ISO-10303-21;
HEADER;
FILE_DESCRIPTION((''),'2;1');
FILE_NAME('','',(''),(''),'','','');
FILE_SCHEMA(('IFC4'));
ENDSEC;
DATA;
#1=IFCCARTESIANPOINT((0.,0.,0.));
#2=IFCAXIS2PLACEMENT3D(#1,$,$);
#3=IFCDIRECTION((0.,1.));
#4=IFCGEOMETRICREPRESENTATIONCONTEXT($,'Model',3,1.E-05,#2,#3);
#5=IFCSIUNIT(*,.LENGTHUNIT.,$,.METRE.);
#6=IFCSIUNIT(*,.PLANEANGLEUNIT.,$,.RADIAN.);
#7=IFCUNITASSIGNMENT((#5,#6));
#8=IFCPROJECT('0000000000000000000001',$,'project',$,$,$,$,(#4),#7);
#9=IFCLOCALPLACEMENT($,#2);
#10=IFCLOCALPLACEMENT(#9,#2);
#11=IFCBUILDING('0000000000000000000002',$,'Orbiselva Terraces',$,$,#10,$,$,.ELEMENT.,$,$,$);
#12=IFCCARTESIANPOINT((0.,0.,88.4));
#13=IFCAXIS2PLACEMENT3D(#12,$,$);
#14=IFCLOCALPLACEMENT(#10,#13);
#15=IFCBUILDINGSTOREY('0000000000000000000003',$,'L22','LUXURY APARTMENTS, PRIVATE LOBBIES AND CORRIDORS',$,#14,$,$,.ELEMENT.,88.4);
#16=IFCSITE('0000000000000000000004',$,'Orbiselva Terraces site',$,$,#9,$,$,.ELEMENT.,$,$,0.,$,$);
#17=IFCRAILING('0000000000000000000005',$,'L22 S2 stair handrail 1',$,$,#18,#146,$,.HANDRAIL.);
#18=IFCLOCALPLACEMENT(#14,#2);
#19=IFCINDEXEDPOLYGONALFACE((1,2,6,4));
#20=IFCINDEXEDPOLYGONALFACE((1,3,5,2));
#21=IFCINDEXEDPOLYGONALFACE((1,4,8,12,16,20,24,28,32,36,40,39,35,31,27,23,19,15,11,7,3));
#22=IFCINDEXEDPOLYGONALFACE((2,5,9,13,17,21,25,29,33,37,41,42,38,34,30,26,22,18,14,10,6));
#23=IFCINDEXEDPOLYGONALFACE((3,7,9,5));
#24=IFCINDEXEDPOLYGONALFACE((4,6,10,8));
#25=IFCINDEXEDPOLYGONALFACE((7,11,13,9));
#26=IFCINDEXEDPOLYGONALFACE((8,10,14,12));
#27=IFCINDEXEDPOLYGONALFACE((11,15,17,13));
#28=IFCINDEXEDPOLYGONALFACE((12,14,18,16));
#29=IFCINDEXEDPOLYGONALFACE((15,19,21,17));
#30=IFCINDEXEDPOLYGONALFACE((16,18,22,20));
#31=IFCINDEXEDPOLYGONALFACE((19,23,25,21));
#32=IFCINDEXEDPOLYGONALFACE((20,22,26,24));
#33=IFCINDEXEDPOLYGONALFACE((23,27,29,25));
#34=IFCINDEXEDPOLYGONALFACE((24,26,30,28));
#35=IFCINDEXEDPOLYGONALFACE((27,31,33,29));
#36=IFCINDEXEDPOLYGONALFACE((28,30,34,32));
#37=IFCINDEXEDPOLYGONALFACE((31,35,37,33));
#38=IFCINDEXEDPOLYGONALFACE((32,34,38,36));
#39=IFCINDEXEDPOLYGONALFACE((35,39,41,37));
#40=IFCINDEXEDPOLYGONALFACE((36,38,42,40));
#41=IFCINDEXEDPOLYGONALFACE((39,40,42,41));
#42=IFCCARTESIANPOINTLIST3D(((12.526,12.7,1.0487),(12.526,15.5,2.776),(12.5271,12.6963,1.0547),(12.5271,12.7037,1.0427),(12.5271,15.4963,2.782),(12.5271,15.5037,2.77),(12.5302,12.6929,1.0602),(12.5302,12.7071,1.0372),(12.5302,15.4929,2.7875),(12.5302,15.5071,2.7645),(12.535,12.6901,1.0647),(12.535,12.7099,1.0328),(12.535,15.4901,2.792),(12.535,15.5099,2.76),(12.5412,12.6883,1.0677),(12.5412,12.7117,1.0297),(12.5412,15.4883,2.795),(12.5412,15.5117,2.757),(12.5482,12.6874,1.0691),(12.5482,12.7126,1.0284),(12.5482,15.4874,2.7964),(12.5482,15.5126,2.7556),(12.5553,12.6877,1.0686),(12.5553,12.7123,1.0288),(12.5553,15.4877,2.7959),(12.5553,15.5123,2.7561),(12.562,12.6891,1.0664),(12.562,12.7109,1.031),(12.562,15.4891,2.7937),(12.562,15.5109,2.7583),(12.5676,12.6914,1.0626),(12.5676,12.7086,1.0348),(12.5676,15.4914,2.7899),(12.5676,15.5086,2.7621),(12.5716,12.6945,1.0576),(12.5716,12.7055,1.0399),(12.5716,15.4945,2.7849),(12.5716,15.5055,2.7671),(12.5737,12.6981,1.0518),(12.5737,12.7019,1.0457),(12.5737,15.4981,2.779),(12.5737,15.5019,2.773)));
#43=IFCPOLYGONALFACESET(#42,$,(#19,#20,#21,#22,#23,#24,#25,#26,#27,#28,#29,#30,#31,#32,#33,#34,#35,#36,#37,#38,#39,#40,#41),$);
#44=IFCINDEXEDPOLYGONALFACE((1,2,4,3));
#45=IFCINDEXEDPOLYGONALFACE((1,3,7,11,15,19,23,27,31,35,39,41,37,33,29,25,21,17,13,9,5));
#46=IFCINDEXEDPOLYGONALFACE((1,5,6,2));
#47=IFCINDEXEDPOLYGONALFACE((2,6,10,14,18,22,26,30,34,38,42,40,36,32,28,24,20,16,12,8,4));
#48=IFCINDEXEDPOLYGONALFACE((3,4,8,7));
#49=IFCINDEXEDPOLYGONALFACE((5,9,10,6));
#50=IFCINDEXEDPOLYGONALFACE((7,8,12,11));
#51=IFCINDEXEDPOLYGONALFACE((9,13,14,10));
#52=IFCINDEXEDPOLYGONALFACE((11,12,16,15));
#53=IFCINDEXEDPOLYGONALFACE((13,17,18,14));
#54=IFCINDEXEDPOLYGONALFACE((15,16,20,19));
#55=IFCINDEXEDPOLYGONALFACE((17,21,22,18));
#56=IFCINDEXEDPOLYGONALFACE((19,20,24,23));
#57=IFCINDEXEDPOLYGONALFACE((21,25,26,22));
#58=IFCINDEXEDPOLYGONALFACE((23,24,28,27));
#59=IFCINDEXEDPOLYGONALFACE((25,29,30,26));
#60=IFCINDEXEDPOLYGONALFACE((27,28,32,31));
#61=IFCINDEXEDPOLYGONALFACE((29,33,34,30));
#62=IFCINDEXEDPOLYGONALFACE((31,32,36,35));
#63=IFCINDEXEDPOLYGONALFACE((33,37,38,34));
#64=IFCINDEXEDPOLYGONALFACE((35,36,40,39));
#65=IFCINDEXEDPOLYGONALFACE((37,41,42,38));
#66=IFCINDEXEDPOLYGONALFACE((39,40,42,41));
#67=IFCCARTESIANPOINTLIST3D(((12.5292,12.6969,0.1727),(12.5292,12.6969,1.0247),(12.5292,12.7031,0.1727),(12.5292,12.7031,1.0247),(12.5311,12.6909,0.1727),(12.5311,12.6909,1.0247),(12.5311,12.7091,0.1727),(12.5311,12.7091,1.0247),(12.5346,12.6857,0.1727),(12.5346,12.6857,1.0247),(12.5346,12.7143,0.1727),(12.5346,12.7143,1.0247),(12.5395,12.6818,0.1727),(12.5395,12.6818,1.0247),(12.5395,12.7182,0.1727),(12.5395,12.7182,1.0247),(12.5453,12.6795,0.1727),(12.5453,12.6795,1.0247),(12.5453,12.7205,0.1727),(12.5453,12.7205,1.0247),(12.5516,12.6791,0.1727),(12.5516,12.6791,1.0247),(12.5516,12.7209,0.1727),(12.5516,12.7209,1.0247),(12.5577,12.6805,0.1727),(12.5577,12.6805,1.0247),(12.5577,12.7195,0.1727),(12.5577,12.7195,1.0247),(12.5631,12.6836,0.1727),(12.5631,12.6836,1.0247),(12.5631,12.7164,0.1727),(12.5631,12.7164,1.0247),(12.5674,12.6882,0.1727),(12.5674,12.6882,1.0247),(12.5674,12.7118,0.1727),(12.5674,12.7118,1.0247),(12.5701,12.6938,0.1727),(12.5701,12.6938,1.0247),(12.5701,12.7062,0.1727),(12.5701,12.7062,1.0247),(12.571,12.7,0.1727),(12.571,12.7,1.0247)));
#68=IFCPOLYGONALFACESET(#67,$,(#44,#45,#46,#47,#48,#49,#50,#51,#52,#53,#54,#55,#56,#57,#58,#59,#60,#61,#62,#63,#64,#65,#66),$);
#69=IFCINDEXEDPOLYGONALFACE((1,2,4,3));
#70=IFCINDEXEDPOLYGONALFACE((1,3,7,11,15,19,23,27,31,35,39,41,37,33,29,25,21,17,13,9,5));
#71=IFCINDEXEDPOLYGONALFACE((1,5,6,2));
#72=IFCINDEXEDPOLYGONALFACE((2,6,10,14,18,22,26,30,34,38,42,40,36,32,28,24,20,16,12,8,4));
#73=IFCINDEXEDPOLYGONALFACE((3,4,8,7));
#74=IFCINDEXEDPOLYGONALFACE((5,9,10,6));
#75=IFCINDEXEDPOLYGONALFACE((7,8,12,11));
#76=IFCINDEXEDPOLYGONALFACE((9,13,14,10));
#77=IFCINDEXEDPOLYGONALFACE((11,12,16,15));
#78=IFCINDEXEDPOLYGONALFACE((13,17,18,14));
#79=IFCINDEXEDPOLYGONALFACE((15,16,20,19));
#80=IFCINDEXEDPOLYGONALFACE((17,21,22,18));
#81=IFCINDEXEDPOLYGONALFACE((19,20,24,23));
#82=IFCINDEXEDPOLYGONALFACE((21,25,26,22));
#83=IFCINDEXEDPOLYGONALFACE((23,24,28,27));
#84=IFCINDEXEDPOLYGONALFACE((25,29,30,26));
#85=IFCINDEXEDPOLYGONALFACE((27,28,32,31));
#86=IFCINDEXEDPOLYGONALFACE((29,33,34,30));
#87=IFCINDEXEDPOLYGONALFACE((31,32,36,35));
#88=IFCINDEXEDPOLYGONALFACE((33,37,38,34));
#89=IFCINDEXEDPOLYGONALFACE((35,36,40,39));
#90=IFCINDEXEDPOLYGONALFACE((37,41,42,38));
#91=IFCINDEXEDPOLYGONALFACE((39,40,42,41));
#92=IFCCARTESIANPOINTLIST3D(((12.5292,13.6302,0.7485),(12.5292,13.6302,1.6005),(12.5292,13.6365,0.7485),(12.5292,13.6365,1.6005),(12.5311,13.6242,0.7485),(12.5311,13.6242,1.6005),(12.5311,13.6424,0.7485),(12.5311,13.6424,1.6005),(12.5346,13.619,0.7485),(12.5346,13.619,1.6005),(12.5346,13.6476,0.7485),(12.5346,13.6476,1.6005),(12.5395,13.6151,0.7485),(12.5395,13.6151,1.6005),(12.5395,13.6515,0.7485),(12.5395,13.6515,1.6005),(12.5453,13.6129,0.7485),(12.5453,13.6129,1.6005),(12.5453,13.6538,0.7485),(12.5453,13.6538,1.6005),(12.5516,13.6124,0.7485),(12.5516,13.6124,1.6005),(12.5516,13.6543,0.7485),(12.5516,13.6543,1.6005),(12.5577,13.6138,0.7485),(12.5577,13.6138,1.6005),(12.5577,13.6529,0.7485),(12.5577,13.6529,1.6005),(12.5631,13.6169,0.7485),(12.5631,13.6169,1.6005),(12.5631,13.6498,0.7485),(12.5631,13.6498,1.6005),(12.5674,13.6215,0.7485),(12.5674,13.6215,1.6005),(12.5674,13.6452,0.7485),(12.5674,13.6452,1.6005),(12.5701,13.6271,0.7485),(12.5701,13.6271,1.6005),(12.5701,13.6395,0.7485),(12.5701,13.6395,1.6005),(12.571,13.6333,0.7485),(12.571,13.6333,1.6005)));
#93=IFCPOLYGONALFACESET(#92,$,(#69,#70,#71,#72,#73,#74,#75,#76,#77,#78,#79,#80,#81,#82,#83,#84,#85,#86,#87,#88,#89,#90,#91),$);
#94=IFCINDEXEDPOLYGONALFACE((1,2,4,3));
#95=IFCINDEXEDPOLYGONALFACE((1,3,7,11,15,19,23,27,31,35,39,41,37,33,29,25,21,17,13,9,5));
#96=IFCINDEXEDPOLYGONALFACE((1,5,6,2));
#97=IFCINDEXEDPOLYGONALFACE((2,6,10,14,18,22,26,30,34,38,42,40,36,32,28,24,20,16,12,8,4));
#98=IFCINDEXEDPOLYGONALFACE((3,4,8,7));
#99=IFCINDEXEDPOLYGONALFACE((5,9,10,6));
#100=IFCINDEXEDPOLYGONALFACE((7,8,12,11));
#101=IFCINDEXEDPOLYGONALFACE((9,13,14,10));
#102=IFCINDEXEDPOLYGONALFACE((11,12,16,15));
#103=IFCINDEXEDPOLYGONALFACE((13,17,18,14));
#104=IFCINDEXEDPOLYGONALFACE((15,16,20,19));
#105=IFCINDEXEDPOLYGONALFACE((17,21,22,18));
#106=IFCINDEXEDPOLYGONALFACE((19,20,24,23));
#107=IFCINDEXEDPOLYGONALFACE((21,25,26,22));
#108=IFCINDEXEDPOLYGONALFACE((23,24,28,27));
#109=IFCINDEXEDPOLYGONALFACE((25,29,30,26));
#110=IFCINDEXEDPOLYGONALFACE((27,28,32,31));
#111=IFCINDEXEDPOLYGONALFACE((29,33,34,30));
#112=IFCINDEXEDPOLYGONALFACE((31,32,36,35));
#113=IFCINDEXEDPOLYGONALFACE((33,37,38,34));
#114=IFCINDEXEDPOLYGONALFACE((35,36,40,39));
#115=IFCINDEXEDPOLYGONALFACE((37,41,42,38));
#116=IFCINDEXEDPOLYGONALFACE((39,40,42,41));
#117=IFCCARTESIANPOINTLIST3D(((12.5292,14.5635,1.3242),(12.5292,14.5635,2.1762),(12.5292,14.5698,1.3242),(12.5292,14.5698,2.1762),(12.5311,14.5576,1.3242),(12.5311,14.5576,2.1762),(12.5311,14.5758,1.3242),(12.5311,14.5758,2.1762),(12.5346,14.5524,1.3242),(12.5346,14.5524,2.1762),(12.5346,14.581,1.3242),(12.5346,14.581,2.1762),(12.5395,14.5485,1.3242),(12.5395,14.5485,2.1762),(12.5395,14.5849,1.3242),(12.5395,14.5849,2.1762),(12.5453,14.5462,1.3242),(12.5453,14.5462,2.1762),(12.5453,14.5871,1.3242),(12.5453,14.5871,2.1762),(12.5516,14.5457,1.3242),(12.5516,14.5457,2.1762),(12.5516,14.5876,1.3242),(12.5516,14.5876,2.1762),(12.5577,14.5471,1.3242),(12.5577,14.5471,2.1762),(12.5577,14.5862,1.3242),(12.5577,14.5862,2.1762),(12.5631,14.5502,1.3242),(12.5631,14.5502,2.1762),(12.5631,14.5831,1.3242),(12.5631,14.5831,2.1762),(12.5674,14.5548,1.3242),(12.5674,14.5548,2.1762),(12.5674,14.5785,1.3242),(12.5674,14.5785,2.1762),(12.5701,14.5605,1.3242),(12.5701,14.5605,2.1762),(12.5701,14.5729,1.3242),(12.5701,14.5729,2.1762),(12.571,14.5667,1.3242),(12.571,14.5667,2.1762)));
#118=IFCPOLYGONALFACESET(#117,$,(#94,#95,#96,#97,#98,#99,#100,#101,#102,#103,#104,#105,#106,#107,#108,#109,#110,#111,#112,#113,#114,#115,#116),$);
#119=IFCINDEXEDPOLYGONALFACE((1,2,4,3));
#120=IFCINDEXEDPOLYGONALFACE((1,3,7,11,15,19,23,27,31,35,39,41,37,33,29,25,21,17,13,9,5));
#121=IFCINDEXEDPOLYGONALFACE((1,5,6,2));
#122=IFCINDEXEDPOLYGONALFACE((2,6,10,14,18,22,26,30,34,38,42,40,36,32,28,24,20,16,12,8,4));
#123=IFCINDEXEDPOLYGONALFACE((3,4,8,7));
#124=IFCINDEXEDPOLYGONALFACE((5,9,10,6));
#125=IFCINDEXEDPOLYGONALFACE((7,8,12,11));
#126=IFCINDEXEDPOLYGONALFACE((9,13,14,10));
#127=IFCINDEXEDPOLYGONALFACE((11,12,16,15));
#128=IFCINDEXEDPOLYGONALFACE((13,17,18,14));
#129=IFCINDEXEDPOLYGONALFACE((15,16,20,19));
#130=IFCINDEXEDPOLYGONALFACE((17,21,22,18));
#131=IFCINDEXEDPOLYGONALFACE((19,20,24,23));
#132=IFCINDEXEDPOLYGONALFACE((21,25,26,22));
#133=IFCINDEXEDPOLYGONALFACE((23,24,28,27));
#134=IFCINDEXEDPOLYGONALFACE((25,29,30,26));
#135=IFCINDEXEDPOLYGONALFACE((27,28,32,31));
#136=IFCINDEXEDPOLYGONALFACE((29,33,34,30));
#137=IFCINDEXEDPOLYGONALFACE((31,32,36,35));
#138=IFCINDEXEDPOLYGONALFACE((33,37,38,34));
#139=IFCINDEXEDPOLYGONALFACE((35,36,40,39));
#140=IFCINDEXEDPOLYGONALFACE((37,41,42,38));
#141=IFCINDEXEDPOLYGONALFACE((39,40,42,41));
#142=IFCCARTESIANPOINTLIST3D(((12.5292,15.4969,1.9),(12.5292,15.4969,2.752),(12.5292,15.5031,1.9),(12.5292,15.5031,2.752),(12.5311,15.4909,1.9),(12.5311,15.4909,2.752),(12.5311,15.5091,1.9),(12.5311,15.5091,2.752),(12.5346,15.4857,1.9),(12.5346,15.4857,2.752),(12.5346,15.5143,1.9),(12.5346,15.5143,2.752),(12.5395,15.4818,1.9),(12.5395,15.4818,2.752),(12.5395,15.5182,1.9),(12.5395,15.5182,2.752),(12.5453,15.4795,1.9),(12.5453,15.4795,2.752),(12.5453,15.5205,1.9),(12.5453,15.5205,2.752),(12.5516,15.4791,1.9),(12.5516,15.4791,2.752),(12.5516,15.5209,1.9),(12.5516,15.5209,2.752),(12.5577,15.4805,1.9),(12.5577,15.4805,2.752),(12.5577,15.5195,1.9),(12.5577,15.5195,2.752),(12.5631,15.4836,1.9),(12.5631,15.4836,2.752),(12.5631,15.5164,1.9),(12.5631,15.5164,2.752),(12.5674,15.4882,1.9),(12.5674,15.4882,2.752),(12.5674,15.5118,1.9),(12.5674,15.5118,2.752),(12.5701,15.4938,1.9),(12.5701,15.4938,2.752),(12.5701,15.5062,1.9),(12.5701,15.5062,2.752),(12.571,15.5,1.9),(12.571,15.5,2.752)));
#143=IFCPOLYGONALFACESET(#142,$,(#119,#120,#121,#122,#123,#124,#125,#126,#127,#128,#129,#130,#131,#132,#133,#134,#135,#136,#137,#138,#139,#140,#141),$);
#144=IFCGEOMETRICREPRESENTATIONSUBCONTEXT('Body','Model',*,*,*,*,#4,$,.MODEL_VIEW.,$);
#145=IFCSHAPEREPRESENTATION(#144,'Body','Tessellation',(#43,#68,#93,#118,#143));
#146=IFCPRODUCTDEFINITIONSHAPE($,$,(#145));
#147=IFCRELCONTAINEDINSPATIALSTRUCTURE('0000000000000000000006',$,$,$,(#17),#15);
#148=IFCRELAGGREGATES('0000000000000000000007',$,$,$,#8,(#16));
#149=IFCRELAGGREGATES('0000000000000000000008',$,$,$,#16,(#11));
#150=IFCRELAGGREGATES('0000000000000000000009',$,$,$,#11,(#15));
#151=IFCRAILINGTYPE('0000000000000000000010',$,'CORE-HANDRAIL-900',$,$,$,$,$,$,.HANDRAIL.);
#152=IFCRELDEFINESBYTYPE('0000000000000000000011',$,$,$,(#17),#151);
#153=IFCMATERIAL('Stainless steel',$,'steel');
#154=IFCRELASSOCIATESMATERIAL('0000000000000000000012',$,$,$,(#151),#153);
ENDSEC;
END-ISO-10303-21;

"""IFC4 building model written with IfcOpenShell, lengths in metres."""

from ifc_helpers import new_model, si_unit, direction, frame, origin, origin_2d, place, context, subcontext, project, spatial, circle, extrude, material, type_object, element, save


model = new_model("IFC4")

# Units and contexts
model_context = context("Model", 3, precision=1e-05, world=origin(), true_north=direction((0.0, 1.0)))
body_context = subcontext(model_context, "Body", "Model", "MODEL_VIEW")
ifc_project = project(units=[si_unit("LENGTHUNIT", "METRE"), si_unit("PLANEANGLEUNIT", "RADIAN")], contexts=[model_context])

# Site, building, storey
site_placement = place(None, origin())
site = spatial("IfcSite", under=ifc_project, at=site_placement, Name="Orbiselva Terraces site", CompositionType="ELEMENT", RefElevation=0.0)
building_placement = place(site_placement, origin())
building = spatial("IfcBuilding", under=site, at=building_placement, Name="Orbiselva Terraces", CompositionType="ELEMENT")
storey_placement = place(building_placement, frame((0.0, 0.0, 88.4)))
storey = spatial("IfcBuildingStorey", under=building, at=storey_placement, Name="L22", Description="LUXURY APARTMENTS, PRIVATE LOBBIES AND CORRIDORS", CompositionType="ELEMENT", Elevation=88.4)

# Railing
ifc_material_1 = material(Name="Stainless steel", Category="steel")
railing_type = type_object("IfcRailingType", Name="CORE-HANDRAIL-900", PredefinedType="HANDRAIL", material=ifc_material_1)
railing_placement = place(storey_placement, frame((12.55, 12.7, 0.1727)))
element("IfcRailing", 1, at=railing_placement, inside=storey, type_object=railing_type, Name="L22 S2 stair handrail 1", PredefinedType="HANDRAIL", context=body_context, shape_type="SweptSolid", body=[
    extrude(circle(Radius=0.024, at=origin_2d()), frame((0.0, 0.0, 0.876), z_axis=(0.0, 0.851089, 0.525022), x_axis=(-1.0, 0.0, 0.0)), (0.0, 0.0, 1.0), 3.2899),
    extrude(circle(Radius=0.021, at=origin_2d()), origin(), (0.0, 0.0, 1.0), 0.852),
    extrude(circle(Radius=0.021, at=origin_2d()), frame((0.0, 0.9333, 0.5758)), (0.0, 0.0, 1.0), 0.852),
    extrude(circle(Radius=0.021, at=origin_2d()), frame((0.0, 1.8667, 1.1515)), (0.0, 0.0, 1.0), 0.852),
    extrude(circle(Radius=0.021, at=origin_2d()), frame((0.0, 2.8, 1.7273)), (0.0, 0.0, 1.0), 0.852),
])

save(model, "model.ifc")
